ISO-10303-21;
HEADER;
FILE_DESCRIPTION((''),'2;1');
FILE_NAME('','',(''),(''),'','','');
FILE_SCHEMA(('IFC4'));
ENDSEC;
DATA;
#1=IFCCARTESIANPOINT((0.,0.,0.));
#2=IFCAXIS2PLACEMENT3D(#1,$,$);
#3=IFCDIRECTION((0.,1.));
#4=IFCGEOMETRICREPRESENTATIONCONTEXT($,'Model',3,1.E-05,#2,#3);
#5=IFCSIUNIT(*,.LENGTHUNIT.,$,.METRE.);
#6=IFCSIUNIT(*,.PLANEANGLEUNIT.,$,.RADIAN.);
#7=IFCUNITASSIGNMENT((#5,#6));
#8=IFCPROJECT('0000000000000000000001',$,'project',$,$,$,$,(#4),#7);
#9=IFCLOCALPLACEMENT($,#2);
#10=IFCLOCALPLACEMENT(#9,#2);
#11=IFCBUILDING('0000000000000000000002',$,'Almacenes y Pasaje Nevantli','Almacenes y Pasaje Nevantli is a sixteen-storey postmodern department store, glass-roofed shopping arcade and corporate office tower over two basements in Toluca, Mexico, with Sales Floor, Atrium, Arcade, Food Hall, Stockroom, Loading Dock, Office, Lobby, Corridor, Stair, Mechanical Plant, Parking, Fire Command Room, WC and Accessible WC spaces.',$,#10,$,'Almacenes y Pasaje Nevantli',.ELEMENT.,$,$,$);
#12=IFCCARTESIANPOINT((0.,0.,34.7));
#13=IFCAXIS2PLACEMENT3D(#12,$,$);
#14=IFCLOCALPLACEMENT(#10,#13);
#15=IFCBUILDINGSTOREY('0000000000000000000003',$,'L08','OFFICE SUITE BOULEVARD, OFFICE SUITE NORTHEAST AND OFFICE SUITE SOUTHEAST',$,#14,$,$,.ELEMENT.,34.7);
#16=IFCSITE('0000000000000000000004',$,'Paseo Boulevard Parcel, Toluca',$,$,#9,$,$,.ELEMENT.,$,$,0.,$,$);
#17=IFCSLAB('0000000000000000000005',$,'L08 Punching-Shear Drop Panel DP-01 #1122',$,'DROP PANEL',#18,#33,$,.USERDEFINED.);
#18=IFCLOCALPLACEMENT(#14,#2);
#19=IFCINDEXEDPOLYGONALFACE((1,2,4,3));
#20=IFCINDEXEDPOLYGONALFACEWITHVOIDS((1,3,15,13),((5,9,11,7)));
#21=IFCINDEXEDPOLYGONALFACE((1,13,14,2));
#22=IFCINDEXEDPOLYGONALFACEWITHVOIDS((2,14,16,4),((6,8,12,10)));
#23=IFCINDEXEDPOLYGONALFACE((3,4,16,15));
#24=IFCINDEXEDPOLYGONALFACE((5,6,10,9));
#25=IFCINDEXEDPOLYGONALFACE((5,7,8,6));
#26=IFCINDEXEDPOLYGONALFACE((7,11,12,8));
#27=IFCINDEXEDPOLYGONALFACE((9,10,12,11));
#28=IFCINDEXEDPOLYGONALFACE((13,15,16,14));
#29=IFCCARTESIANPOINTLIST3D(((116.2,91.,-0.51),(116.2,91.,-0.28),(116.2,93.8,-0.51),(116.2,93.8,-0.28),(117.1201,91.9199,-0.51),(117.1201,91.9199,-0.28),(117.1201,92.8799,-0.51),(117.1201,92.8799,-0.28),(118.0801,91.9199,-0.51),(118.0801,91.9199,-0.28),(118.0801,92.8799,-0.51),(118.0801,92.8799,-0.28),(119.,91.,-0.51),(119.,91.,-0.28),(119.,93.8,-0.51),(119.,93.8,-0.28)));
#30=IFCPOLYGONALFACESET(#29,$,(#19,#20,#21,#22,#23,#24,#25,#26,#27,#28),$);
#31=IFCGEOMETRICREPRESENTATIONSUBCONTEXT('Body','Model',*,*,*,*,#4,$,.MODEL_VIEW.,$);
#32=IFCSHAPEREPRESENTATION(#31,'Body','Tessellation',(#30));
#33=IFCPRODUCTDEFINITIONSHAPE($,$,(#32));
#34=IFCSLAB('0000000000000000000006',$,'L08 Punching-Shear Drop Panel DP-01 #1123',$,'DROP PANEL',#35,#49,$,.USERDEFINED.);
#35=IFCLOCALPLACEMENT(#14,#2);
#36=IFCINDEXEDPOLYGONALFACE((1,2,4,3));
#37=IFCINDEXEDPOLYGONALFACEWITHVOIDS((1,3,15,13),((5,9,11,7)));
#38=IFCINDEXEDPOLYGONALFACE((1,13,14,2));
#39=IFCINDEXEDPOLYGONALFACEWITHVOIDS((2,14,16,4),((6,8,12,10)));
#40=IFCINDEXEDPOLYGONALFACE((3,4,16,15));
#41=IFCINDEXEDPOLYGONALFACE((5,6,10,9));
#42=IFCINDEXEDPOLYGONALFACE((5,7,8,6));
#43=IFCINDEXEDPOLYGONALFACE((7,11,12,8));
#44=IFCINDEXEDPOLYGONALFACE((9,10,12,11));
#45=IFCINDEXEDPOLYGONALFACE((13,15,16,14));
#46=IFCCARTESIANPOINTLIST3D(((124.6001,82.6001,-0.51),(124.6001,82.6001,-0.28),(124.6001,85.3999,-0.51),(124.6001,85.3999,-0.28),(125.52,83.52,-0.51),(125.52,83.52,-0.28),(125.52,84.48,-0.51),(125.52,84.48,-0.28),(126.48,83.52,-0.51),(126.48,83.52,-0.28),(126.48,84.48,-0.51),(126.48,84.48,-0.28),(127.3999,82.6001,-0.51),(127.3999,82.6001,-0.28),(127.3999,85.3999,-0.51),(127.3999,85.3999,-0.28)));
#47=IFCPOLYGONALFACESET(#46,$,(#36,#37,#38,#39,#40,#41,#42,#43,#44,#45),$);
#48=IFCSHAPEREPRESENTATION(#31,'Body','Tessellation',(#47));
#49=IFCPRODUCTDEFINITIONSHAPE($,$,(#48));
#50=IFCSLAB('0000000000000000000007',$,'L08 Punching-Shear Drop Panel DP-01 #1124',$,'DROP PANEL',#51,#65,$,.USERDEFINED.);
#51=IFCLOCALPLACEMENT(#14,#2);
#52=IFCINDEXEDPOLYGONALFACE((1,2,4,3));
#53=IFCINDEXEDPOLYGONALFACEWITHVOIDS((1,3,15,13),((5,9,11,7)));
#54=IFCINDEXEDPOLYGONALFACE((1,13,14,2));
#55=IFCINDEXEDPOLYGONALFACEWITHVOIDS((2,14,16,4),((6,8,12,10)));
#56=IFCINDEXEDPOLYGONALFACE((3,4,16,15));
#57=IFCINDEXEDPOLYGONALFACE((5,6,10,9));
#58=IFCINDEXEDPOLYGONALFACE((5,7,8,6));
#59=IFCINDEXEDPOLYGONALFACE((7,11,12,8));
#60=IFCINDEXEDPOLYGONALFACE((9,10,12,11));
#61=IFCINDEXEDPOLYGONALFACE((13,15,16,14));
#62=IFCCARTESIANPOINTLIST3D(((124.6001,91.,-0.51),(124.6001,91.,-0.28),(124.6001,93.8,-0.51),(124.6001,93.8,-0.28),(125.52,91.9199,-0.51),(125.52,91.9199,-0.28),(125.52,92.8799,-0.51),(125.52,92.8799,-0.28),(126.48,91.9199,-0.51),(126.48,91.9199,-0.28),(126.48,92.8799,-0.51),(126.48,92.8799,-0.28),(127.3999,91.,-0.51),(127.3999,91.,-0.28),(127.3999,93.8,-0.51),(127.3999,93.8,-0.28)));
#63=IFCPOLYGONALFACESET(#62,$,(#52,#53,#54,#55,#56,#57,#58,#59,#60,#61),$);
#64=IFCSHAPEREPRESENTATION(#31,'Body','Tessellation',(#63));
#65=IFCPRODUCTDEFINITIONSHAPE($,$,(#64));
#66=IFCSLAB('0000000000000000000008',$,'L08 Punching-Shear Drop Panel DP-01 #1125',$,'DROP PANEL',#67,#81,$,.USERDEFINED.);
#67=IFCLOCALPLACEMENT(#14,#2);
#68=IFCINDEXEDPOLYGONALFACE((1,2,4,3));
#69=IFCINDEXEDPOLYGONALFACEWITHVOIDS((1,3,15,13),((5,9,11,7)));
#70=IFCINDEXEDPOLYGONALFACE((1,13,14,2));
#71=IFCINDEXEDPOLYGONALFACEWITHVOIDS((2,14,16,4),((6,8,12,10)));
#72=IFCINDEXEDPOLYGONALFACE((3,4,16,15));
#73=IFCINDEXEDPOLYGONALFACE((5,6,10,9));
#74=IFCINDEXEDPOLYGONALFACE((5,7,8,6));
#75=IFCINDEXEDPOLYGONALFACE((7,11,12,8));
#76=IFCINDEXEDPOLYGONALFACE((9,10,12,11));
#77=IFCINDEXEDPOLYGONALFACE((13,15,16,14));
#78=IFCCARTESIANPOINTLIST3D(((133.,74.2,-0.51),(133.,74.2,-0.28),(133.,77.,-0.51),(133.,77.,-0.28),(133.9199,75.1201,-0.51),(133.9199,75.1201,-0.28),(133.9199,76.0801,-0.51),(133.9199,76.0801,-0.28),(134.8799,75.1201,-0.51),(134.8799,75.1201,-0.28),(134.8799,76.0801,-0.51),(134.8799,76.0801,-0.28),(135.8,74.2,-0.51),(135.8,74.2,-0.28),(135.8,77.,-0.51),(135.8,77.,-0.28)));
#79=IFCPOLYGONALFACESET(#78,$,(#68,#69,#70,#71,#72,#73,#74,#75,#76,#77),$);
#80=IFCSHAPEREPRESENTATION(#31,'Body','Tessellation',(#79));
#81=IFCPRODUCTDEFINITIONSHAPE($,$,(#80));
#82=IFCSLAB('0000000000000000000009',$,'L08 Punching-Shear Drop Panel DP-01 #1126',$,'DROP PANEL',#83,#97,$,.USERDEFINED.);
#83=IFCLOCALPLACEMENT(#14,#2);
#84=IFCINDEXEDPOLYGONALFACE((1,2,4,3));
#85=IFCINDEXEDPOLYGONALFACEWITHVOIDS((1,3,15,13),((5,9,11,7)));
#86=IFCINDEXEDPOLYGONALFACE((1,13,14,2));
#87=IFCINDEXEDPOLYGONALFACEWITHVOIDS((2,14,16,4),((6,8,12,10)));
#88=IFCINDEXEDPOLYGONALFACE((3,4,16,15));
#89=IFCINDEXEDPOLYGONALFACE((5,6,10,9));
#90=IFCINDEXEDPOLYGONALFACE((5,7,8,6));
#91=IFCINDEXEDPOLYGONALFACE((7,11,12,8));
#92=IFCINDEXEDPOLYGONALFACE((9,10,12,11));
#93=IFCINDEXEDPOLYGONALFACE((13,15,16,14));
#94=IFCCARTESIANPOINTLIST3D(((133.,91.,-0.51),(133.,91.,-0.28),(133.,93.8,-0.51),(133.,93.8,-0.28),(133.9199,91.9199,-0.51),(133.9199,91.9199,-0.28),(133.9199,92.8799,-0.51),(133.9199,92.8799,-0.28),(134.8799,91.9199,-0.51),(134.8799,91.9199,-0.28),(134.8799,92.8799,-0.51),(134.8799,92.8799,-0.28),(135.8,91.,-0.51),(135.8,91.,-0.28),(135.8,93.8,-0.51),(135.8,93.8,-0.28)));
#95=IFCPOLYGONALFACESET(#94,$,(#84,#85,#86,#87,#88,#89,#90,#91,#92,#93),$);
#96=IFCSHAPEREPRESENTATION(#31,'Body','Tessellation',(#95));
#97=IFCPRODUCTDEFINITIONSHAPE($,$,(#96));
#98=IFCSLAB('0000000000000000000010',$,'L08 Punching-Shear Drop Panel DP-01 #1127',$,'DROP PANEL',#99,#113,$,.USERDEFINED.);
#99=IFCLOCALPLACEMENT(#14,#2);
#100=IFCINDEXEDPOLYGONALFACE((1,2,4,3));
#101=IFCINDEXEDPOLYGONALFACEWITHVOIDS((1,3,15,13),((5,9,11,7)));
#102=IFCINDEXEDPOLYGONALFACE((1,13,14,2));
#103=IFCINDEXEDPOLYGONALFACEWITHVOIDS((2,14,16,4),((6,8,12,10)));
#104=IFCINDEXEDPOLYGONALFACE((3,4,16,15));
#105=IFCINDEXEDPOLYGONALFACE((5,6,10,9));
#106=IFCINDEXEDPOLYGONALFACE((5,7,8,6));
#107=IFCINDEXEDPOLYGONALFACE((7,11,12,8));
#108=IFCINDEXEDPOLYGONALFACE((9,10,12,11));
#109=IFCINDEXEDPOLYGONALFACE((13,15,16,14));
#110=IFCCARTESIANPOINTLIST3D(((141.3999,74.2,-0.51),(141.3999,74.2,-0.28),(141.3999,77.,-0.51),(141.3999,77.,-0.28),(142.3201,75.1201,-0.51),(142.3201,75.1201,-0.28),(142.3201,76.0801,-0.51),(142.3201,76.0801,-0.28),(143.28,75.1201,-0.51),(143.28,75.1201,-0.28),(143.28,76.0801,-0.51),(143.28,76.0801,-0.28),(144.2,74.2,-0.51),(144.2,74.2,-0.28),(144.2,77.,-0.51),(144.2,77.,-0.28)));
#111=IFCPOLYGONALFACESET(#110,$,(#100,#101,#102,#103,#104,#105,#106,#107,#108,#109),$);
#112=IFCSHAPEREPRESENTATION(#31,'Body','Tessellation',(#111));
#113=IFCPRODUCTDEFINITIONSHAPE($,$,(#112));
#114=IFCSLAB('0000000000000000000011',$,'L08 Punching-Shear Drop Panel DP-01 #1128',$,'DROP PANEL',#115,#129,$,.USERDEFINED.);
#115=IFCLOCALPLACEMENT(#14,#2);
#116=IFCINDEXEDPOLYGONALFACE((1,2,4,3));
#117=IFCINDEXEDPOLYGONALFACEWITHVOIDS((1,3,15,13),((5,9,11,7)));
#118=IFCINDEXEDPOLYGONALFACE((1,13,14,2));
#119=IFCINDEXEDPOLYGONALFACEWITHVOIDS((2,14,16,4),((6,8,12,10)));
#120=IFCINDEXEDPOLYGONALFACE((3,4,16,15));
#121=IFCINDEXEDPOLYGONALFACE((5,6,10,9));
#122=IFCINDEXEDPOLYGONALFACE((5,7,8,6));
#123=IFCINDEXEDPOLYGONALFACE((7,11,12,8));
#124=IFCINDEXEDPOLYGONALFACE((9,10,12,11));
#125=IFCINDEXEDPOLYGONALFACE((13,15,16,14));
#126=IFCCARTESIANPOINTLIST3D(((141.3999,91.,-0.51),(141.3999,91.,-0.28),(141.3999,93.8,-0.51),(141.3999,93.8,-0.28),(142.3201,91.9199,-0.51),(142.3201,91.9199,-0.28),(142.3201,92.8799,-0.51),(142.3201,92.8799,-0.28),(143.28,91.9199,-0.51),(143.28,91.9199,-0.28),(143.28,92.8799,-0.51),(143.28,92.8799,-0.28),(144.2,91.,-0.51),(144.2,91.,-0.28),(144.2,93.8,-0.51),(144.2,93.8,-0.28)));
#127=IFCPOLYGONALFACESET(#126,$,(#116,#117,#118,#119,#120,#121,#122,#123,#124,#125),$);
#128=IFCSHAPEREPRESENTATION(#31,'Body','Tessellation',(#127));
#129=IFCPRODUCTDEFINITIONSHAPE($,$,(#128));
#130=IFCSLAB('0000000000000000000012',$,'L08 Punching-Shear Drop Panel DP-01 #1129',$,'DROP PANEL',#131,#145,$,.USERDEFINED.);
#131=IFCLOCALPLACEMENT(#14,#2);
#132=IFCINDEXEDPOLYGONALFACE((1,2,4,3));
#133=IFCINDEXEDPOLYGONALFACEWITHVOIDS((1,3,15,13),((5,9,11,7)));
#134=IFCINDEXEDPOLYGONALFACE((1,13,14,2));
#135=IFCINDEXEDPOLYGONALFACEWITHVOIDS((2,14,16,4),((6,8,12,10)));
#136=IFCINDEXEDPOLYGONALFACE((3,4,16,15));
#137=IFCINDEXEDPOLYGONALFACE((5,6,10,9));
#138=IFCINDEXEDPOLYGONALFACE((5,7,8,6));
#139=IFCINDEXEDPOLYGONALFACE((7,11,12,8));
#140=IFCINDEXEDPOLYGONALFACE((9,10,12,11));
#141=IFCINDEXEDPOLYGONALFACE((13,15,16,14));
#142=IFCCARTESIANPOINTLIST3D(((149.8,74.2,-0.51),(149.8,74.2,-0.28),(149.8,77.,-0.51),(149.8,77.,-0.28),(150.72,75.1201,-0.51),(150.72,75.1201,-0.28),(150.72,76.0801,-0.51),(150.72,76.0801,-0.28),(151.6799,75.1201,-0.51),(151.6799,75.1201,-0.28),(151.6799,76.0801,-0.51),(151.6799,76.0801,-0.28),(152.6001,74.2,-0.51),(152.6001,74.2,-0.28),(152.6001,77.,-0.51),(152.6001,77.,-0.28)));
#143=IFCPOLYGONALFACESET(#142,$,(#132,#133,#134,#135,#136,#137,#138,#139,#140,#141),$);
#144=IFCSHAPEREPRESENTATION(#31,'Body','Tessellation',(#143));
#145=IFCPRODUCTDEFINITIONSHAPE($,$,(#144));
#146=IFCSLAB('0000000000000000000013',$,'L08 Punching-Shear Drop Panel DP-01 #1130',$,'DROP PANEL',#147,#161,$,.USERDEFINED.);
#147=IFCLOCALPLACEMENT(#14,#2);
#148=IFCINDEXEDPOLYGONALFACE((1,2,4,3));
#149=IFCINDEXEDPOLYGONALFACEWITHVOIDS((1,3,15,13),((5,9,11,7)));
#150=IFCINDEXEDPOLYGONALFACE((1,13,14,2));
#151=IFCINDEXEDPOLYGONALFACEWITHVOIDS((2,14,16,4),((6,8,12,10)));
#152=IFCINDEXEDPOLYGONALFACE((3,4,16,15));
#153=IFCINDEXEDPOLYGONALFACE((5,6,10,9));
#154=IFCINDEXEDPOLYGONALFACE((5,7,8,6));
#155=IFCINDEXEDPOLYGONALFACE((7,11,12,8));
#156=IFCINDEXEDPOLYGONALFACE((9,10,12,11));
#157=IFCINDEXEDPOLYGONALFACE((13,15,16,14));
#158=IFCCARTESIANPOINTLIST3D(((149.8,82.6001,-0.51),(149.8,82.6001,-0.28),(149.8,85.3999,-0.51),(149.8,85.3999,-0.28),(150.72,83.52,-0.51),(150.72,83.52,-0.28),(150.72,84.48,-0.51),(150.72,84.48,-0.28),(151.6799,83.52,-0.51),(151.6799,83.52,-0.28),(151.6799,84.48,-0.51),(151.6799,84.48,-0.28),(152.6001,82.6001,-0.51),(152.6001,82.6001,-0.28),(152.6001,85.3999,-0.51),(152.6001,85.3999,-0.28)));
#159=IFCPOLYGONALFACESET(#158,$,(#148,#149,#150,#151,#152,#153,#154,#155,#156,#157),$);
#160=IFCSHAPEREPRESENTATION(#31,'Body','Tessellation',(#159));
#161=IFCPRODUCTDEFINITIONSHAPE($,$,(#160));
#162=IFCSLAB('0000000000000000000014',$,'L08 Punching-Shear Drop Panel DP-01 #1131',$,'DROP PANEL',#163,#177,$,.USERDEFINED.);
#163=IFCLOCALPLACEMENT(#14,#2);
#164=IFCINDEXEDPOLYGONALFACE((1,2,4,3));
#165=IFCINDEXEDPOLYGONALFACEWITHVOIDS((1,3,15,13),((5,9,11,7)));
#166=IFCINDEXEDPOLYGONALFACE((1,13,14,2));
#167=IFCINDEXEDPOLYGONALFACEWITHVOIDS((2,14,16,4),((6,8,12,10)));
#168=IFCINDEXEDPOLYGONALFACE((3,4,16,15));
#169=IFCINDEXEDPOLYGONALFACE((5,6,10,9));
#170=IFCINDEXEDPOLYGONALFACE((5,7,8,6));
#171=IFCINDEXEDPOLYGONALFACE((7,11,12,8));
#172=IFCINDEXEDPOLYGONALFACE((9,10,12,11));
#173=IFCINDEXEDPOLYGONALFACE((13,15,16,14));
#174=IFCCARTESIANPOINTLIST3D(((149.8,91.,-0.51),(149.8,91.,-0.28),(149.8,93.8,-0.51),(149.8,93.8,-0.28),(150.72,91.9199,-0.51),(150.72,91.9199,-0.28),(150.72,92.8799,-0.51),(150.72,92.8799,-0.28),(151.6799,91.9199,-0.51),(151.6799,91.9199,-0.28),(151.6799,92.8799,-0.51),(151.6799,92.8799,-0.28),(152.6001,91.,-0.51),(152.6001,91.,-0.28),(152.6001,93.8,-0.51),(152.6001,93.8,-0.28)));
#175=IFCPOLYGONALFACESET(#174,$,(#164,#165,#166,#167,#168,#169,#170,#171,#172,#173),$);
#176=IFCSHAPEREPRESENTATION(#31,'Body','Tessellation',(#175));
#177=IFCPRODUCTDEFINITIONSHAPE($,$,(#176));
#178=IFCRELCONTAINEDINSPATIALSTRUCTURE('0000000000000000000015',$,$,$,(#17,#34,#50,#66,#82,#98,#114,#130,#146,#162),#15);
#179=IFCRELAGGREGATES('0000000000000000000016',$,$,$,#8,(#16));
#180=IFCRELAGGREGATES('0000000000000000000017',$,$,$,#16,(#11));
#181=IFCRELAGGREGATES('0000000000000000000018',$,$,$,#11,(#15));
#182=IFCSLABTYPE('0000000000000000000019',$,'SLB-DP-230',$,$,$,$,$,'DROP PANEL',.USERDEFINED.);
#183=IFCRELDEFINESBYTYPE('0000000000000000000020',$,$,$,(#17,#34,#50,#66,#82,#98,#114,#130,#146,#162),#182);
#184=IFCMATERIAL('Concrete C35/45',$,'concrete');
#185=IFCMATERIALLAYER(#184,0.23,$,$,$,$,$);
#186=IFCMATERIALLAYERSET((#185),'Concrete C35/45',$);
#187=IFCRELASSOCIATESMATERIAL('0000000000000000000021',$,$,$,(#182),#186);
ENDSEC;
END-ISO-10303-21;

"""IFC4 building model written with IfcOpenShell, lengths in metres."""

from ifc_helpers import new_model, si_unit, direction, frame, origin, place, context, subcontext, project, spatial, polyline, outline, extrude, material, layer, layer_set, type_object, element, save


model = new_model("IFC4")

# Units and contexts
model_context = context("Model", 3, precision=1e-05, world=origin(), true_north=direction((0.0, 1.0)))
body_context = subcontext(model_context, "Body", "Model", "MODEL_VIEW")
ifc_project = project(units=[si_unit("LENGTHUNIT", "METRE"), si_unit("PLANEANGLEUNIT", "RADIAN")], contexts=[model_context])

# Site, building, storey
site_placement = place(None, origin())
site = spatial("IfcSite", under=ifc_project, at=site_placement, Name="Paseo Boulevard Parcel, Toluca", CompositionType="ELEMENT", RefElevation=0.0)
building_placement = place(site_placement, origin())
building = spatial("IfcBuilding", under=site, at=building_placement, Name="Almacenes y Pasaje Nevantli", Description="Almacenes y Pasaje Nevantli is a sixteen-storey postmodern department store, glass-roofed shopping arcade and corporate office tower over two basements in Toluca, Mexico, with Sales Floor, Atrium, Arcade, Food Hall, Stockroom, Loading Dock, Office, Lobby, Corridor, Stair, Mechanical Plant, Parking, Fire Command Room, WC and Accessible WC spaces.", LongName="Almacenes y Pasaje Nevantli", CompositionType="ELEMENT")
storey_placement = place(building_placement, frame((0.0, 0.0, 34.7)))
storey = spatial("IfcBuildingStorey", under=building, at=storey_placement, Name="L08", Description="OFFICE SUITE BOULEVARD, OFFICE SUITE NORTHEAST AND OFFICE SUITE SOUTHEAST", CompositionType="ELEMENT", Elevation=34.7)

# Slabs
ifc_material_1 = material(Name="Concrete C35/45", Category="concrete")
ifc_layer_1 = layer(ifc_material_1, 0.23)
ifc_layer_set_1 = layer_set([ifc_layer_1], Name="Concrete C35/45")
slab_type_1 = type_object("IfcSlabType", Name="SLB-DP-230", ElementType="DROP PANEL", PredefinedType="USERDEFINED", material=ifc_layer_set_1)
slab_1_placement = place(storey_placement, frame((0.0, 0.0, -0.51)))
element("IfcSlab", 1, at=slab_1_placement, inside=storey, type_object=slab_type_1, Name="L08 Punching-Shear Drop Panel DP-01 #1122", ObjectType="DROP PANEL", PredefinedType="USERDEFINED", context=body_context, shape_type="SweptSolid", body=[
    extrude(outline(polyline([(116.2, 91.0), (119.0, 91.0), (119.0, 93.8), (116.2, 93.8), (116.2, 91.0)]), holes=[polyline([(117.1201, 91.9199), (118.0801, 91.9199), (118.0801, 92.8799), (117.1201, 92.8799), (117.1201, 91.9199)])]), origin(), (0.0, 0.0, 1.0), 0.23),
])
slab_2_placement = place(storey_placement, frame((0.0, 0.0, -0.51)))
element("IfcSlab", 2, at=slab_2_placement, inside=storey, type_object=slab_type_1, Name="L08 Punching-Shear Drop Panel DP-01 #1123", ObjectType="DROP PANEL", PredefinedType="USERDEFINED", context=body_context, shape_type="SweptSolid", body=[
    extrude(outline(polyline([(124.6001, 82.6001), (127.3999, 82.6001), (127.3999, 85.3999), (124.6001, 85.3999), (124.6001, 82.6001)]), holes=[polyline([(125.52, 83.52), (126.48, 83.52), (126.48, 84.48), (125.52, 84.48), (125.52, 83.52)])]), origin(), (0.0, 0.0, 1.0), 0.23),
])
slab_3_placement = place(storey_placement, frame((0.0, 0.0, -0.51)))
element("IfcSlab", 3, at=slab_3_placement, inside=storey, type_object=slab_type_1, Name="L08 Punching-Shear Drop Panel DP-01 #1124", ObjectType="DROP PANEL", PredefinedType="USERDEFINED", context=body_context, shape_type="SweptSolid", body=[
    extrude(outline(polyline([(124.6001, 91.0), (127.3999, 91.0), (127.3999, 93.8), (124.6001, 93.8), (124.6001, 91.0)]), holes=[polyline([(125.52, 91.9199), (126.48, 91.9199), (126.48, 92.8799), (125.52, 92.8799), (125.52, 91.9199)])]), origin(), (0.0, 0.0, 1.0), 0.23),
])
slab_4_placement = place(storey_placement, frame((0.0, 0.0, -0.51)))
element("IfcSlab", 4, at=slab_4_placement, inside=storey, type_object=slab_type_1, Name="L08 Punching-Shear Drop Panel DP-01 #1125", ObjectType="DROP PANEL", PredefinedType="USERDEFINED", context=body_context, shape_type="SweptSolid", body=[
    extrude(outline(polyline([(133.0, 74.2), (135.8, 74.2), (135.8, 77.0), (133.0, 77.0), (133.0, 74.2)]), holes=[polyline([(133.9199, 75.1201), (134.8799, 75.1201), (134.8799, 76.0801), (133.9199, 76.0801), (133.9199, 75.1201)])]), origin(), (0.0, 0.0, 1.0), 0.23),
])
slab_5_placement = place(storey_placement, frame((0.0, 0.0, -0.51)))
element("IfcSlab", 5, at=slab_5_placement, inside=storey, type_object=slab_type_1, Name="L08 Punching-Shear Drop Panel DP-01 #1126", ObjectType="DROP PANEL", PredefinedType="USERDEFINED", context=body_context, shape_type="SweptSolid", body=[
    extrude(outline(polyline([(133.0, 91.0), (135.8, 91.0), (135.8, 93.8), (133.0, 93.8), (133.0, 91.0)]), holes=[polyline([(133.9199, 91.9199), (134.8799, 91.9199), (134.8799, 92.8799), (133.9199, 92.8799), (133.9199, 91.9199)])]), origin(), (0.0, 0.0, 1.0), 0.23),
])
slab_6_placement = place(storey_placement, frame((0.0, 0.0, -0.51)))
element("IfcSlab", 6, at=slab_6_placement, inside=storey, type_object=slab_type_1, Name="L08 Punching-Shear Drop Panel DP-01 #1127", ObjectType="DROP PANEL", PredefinedType="USERDEFINED", context=body_context, shape_type="SweptSolid", body=[
    extrude(outline(polyline([(141.3999, 74.2), (144.2, 74.2), (144.2, 77.0), (141.3999, 77.0), (141.3999, 74.2)]), holes=[polyline([(142.3201, 75.1201), (143.28, 75.1201), (143.28, 76.0801), (142.3201, 76.0801), (142.3201, 75.1201)])]), origin(), (0.0, 0.0, 1.0), 0.23),
])
slab_7_placement = place(storey_placement, frame((0.0, 0.0, -0.51)))
element("IfcSlab", 7, at=slab_7_placement, inside=storey, type_object=slab_type_1, Name="L08 Punching-Shear Drop Panel DP-01 #1128", ObjectType="DROP PANEL", PredefinedType="USERDEFINED", context=body_context, shape_type="SweptSolid", body=[
    extrude(outline(polyline([(141.3999, 91.0), (144.2, 91.0), (144.2, 93.8), (141.3999, 93.8), (141.3999, 91.0)]), holes=[polyline([(142.3201, 91.9199), (143.28, 91.9199), (143.28, 92.8799), (142.3201, 92.8799), (142.3201, 91.9199)])]), origin(), (0.0, 0.0, 1.0), 0.23),
])
slab_8_placement = place(storey_placement, frame((0.0, 0.0, -0.51)))
element("IfcSlab", 8, at=slab_8_placement, inside=storey, type_object=slab_type_1, Name="L08 Punching-Shear Drop Panel DP-01 #1129", ObjectType="DROP PANEL", PredefinedType="USERDEFINED", context=body_context, shape_type="SweptSolid", body=[
    extrude(outline(polyline([(149.8, 74.2), (152.6001, 74.2), (152.6001, 77.0), (149.8, 77.0), (149.8, 74.2)]), holes=[polyline([(150.72, 75.1201), (151.6799, 75.1201), (151.6799, 76.0801), (150.72, 76.0801), (150.72, 75.1201)])]), origin(), (0.0, 0.0, 1.0), 0.23),
])
slab_9_placement = place(storey_placement, frame((0.0, 0.0, -0.51)))
element("IfcSlab", 9, at=slab_9_placement, inside=storey, type_object=slab_type_1, Name="L08 Punching-Shear Drop Panel DP-01 #1130", ObjectType="DROP PANEL", PredefinedType="USERDEFINED", context=body_context, shape_type="SweptSolid", body=[
    extrude(outline(polyline([(149.8, 82.6001), (152.6001, 82.6001), (152.6001, 85.3999), (149.8, 85.3999), (149.8, 82.6001)]), holes=[polyline([(150.72, 83.52), (151.6799, 83.52), (151.6799, 84.48), (150.72, 84.48), (150.72, 83.52)])]), origin(), (0.0, 0.0, 1.0), 0.23),
])
slab_10_placement = place(storey_placement, frame((0.0, 0.0, -0.51)))
element("IfcSlab", 10, at=slab_10_placement, inside=storey, type_object=slab_type_1, Name="L08 Punching-Shear Drop Panel DP-01 #1131", ObjectType="DROP PANEL", PredefinedType="USERDEFINED", context=body_context, shape_type="SweptSolid", body=[
    extrude(outline(polyline([(149.8, 91.0), (152.6001, 91.0), (152.6001, 93.8), (149.8, 93.8), (149.8, 91.0)]), holes=[polyline([(150.72, 91.9199), (151.6799, 91.9199), (151.6799, 92.8799), (150.72, 92.8799), (150.72, 91.9199)])]), origin(), (0.0, 0.0, 1.0), 0.23),
])

save(model, "model.ifc")
